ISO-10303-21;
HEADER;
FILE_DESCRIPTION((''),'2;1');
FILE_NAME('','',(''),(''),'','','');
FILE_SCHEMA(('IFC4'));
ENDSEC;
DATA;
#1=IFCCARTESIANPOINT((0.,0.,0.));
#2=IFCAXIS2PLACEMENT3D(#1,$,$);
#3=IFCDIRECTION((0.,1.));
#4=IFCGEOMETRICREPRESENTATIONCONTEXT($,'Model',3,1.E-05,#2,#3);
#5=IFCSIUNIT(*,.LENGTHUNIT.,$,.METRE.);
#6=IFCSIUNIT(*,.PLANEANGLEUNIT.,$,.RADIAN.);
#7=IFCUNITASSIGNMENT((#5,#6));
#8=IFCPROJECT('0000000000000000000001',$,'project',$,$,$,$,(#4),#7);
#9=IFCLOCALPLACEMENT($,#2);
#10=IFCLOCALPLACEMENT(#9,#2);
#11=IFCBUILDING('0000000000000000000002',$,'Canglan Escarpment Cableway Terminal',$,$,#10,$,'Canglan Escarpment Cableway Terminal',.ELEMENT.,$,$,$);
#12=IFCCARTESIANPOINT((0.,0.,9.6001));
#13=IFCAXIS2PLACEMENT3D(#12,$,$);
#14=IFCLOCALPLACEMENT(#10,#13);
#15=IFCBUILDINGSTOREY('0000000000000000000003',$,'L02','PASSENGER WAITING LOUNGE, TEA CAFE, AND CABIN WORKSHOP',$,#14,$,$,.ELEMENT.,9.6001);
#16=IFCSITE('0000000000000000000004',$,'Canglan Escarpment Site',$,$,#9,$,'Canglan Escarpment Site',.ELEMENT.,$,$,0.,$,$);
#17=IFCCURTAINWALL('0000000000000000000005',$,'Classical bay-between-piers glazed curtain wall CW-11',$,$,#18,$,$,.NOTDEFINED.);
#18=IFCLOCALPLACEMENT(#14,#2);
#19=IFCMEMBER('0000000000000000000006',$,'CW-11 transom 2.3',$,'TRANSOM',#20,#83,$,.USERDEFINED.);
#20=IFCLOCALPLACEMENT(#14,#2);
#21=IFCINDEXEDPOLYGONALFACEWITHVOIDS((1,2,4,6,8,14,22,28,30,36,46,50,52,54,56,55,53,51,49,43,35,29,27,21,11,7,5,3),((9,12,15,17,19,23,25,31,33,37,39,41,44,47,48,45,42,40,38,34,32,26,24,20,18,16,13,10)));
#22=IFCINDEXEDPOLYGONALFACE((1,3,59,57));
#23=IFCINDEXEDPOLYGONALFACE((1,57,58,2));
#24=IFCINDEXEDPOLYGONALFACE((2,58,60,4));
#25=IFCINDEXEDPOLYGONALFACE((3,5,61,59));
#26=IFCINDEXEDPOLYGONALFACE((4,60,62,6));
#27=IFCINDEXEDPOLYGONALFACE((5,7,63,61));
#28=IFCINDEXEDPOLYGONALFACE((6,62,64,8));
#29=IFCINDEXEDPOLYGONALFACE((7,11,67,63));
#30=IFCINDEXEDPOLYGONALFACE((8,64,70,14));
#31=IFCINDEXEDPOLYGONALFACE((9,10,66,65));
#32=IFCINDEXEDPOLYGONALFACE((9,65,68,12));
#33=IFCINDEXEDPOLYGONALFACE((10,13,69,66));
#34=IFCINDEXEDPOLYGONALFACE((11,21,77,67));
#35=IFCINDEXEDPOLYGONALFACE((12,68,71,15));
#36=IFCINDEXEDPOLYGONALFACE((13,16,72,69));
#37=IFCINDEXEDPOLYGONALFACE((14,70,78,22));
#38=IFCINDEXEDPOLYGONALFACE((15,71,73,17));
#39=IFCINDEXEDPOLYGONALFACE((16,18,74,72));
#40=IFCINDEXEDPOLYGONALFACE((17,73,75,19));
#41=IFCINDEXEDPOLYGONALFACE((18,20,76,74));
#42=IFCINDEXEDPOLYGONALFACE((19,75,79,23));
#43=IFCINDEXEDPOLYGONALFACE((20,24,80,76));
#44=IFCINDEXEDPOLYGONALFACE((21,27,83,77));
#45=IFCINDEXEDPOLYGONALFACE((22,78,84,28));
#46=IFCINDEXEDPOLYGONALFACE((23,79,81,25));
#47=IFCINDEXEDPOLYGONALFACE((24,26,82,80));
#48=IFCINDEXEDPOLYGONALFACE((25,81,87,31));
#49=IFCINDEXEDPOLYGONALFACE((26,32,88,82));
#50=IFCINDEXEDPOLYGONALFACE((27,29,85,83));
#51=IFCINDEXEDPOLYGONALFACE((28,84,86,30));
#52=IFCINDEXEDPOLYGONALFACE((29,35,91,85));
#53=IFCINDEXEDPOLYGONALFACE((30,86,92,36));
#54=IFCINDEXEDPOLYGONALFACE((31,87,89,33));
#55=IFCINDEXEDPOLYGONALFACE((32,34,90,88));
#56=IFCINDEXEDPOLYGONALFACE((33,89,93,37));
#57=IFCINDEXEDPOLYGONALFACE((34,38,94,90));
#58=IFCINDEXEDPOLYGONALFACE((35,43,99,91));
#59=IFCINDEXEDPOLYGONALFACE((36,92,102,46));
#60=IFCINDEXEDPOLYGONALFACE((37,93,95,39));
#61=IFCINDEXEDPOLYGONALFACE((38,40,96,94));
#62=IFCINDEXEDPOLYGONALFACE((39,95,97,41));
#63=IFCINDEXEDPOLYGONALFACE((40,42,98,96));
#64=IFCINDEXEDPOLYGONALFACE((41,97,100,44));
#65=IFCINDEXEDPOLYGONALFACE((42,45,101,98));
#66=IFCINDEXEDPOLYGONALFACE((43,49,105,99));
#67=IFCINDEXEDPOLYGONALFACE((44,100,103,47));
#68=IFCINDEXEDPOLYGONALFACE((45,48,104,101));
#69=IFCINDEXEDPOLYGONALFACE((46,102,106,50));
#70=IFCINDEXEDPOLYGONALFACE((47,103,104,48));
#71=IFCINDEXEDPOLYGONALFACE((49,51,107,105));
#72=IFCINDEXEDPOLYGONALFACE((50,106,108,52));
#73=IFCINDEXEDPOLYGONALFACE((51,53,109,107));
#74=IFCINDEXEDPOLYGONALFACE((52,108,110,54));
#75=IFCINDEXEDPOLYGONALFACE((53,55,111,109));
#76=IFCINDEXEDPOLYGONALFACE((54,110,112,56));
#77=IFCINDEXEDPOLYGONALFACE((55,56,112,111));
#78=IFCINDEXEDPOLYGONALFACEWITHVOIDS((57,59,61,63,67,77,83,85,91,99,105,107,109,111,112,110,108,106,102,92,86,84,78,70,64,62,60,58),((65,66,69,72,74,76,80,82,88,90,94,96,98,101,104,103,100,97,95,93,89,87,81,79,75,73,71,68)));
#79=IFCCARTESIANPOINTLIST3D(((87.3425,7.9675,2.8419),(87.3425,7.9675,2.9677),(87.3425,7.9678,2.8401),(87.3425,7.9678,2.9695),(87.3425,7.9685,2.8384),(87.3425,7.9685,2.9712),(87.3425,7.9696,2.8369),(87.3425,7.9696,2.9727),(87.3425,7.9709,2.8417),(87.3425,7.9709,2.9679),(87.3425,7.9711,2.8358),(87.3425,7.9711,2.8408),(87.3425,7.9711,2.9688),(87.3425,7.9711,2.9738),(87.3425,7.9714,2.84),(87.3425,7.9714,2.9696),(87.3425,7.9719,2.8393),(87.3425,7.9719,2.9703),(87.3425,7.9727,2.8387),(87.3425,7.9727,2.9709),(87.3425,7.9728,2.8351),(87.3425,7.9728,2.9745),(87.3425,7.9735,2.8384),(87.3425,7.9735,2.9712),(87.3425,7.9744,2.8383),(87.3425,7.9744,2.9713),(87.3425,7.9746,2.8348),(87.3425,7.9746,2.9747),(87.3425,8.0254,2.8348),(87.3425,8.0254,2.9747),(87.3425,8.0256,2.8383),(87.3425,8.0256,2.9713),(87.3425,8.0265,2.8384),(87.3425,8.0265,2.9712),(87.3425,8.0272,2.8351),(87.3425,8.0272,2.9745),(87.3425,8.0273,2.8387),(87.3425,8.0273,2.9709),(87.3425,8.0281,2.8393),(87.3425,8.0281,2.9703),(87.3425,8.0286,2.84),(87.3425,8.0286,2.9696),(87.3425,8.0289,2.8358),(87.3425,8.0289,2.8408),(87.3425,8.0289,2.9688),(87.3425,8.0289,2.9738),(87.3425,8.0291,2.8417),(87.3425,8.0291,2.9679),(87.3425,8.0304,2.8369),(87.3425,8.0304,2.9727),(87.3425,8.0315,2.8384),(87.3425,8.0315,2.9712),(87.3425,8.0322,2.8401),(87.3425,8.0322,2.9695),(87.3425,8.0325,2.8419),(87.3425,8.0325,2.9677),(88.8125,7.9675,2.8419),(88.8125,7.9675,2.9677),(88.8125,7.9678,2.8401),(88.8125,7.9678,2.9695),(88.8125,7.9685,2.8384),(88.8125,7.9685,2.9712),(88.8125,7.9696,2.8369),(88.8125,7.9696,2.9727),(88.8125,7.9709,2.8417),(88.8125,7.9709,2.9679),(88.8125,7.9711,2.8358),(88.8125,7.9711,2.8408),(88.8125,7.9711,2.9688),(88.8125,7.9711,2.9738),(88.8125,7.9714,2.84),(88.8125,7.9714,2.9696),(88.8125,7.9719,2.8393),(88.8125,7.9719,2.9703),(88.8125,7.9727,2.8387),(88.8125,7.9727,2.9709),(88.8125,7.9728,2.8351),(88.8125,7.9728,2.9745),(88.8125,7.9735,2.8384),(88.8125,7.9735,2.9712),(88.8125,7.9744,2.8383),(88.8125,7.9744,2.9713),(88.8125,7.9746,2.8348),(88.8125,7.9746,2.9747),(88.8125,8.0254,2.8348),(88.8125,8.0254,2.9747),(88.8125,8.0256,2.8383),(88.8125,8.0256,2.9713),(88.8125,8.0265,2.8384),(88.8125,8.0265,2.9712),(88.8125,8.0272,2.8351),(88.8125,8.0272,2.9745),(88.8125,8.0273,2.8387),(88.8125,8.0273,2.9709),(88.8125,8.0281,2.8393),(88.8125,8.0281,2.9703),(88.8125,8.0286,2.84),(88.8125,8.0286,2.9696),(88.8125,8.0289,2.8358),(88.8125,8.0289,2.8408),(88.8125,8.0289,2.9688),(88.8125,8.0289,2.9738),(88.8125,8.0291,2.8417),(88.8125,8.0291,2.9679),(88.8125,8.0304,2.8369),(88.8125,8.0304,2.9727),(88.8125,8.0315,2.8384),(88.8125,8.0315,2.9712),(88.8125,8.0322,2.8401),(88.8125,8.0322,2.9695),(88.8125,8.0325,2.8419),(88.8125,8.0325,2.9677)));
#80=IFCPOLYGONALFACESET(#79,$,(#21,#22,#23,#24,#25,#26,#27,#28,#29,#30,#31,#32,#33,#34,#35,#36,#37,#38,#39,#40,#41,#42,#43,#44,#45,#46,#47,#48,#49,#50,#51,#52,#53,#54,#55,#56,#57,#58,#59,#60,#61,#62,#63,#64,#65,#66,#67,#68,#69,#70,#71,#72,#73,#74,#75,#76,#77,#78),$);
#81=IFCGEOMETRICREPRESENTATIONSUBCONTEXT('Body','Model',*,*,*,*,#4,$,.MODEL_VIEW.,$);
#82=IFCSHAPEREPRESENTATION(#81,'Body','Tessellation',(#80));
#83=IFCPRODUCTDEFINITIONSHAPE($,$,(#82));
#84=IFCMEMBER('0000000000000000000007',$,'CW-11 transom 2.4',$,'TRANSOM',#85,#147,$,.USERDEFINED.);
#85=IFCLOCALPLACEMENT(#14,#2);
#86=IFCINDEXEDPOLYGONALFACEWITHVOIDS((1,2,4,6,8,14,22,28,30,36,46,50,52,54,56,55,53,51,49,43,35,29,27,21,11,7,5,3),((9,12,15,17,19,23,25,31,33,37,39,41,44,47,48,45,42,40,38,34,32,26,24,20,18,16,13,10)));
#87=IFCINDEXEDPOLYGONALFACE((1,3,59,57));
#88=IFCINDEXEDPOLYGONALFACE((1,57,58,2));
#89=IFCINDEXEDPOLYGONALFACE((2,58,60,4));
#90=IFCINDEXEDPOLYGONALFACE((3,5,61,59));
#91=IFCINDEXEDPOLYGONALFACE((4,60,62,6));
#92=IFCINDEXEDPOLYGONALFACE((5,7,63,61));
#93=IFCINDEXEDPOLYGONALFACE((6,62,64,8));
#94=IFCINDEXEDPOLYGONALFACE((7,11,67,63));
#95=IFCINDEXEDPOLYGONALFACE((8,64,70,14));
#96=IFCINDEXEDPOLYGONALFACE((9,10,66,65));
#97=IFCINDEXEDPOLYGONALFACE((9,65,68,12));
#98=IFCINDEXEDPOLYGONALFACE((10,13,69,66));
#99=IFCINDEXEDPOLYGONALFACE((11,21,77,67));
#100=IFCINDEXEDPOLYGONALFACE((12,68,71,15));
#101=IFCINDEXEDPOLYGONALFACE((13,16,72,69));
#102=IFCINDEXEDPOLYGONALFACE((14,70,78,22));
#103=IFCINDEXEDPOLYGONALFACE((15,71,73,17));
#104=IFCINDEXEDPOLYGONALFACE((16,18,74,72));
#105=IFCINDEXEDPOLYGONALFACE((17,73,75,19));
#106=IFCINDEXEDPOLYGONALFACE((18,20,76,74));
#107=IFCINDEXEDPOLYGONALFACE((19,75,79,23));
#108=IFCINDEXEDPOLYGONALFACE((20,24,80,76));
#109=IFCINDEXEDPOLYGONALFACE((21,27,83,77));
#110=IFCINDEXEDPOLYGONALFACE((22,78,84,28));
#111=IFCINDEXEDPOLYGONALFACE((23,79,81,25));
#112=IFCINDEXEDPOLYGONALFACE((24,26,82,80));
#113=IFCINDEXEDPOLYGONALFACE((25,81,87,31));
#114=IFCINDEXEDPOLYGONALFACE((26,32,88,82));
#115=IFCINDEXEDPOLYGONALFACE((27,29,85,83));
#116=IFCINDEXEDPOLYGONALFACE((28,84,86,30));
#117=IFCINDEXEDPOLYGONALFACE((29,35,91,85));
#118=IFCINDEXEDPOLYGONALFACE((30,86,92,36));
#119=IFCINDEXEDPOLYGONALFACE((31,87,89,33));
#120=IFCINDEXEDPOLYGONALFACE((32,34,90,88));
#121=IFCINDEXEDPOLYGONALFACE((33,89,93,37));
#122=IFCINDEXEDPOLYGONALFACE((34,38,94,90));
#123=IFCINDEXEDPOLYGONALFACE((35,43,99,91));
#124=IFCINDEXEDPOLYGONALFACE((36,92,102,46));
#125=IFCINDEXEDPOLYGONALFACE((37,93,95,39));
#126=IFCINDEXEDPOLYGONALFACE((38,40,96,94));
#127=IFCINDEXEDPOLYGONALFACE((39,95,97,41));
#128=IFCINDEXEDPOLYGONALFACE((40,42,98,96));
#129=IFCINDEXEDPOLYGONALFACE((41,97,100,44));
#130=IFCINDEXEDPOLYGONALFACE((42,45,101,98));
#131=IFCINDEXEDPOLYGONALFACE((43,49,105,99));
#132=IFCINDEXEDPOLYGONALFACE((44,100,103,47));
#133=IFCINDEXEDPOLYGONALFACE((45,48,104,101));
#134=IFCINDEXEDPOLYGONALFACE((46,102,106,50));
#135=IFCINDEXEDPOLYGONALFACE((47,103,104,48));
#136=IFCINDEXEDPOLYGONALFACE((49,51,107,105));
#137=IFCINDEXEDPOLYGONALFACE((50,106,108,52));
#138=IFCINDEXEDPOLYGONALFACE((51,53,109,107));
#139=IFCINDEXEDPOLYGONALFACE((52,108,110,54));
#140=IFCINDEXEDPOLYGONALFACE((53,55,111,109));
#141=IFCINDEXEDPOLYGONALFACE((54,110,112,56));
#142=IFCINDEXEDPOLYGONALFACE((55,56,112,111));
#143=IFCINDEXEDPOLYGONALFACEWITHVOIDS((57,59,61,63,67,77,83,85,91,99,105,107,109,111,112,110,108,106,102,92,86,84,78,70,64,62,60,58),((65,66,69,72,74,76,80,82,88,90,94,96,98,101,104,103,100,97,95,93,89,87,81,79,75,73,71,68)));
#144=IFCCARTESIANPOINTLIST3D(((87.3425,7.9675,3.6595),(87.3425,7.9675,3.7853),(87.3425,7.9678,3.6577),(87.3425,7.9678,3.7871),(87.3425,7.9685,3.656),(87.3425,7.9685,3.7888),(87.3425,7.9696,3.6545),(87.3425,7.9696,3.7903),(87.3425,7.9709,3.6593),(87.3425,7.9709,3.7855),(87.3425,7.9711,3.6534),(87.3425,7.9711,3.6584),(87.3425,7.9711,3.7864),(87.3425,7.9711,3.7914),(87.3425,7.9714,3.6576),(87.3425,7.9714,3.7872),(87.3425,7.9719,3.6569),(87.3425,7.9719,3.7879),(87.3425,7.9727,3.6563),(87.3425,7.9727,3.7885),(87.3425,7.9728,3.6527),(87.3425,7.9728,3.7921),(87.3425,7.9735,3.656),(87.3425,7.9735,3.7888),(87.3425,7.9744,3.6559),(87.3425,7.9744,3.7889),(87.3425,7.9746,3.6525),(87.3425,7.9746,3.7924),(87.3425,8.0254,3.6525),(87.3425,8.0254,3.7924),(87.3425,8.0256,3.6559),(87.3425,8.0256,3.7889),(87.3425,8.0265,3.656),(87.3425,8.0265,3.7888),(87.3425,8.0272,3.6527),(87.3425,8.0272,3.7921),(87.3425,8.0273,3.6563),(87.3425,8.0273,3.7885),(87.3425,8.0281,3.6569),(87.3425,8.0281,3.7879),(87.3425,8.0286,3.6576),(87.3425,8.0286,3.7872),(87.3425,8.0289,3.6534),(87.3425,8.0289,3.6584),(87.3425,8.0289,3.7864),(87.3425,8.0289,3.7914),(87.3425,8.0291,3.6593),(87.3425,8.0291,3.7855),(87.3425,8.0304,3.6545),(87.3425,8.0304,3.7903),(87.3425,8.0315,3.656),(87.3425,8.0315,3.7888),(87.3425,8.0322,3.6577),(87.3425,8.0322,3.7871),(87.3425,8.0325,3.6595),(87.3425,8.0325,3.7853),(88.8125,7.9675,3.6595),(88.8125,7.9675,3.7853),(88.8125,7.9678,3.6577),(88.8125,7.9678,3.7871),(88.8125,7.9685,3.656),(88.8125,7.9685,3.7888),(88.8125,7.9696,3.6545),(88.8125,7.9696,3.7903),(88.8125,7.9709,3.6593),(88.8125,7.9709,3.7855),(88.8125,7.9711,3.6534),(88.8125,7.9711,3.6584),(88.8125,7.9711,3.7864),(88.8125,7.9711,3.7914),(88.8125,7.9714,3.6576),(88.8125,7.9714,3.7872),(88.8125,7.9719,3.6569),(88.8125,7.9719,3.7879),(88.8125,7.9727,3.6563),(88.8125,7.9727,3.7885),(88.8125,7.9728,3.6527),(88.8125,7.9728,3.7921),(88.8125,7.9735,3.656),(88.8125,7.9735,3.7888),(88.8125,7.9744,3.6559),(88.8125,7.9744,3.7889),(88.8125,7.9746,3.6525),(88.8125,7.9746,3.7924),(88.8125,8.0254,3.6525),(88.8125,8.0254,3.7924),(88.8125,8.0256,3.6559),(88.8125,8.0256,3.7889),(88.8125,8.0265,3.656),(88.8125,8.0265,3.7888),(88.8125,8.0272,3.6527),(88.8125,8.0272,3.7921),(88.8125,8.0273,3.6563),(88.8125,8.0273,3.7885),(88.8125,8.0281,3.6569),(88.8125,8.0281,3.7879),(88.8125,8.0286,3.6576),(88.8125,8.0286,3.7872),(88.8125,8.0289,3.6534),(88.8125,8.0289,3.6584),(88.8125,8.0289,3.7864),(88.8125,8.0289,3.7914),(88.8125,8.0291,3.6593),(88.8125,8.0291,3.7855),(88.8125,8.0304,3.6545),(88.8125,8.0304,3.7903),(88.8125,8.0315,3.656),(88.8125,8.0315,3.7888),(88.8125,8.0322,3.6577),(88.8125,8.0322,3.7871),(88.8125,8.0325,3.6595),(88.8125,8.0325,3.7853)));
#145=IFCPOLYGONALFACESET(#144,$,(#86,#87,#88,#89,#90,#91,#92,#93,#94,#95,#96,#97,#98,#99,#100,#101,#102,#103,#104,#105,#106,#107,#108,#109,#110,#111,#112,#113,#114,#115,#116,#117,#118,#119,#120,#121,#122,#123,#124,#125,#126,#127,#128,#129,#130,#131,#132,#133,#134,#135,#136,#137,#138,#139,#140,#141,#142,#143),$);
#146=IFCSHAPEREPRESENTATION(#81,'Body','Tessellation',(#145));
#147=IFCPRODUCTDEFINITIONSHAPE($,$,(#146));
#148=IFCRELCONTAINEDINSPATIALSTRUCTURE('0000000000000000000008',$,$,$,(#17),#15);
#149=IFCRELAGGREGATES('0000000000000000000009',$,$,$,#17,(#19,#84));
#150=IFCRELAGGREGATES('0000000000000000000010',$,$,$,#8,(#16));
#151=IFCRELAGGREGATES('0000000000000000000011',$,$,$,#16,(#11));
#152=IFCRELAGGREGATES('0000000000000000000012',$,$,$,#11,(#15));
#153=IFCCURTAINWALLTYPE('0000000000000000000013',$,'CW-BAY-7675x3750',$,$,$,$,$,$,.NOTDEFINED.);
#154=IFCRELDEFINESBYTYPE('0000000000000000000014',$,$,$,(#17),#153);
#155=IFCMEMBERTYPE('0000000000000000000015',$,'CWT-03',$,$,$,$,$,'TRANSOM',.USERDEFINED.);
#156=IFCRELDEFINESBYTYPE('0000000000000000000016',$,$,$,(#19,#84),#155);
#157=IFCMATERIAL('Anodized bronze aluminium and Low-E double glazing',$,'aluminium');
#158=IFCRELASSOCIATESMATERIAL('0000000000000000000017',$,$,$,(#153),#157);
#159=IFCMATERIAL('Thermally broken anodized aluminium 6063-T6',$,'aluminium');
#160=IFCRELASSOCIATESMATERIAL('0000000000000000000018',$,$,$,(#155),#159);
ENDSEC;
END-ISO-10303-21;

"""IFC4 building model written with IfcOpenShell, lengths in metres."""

from ifc_helpers import new_model, si_unit, direction, frame, origin, origin_2d, place, context, subcontext, project, spatial, hollow_rectangle, extrude, material, material_profile, profile_set, type_object, element, aggregate, save


model = new_model("IFC4")

# Units and contexts
model_context = context("Model", 3, precision=1e-05, world=origin(), true_north=direction((0.0, 1.0)))
body_context = subcontext(model_context, "Body", "Model", "MODEL_VIEW")
ifc_project = project(units=[si_unit("LENGTHUNIT", "METRE"), si_unit("PLANEANGLEUNIT", "RADIAN")], contexts=[model_context])

# Site, building, storey
site_placement = place(None, origin())
site = spatial("IfcSite", under=ifc_project, at=site_placement, Name="Canglan Escarpment Site", LongName="Canglan Escarpment Site", CompositionType="ELEMENT", RefElevation=0.0)
building_placement = place(site_placement, origin())
building = spatial("IfcBuilding", under=site, at=building_placement, Name="Canglan Escarpment Cableway Terminal", LongName="Canglan Escarpment Cableway Terminal", CompositionType="ELEMENT")
storey_placement = place(building_placement, frame((0.0, 0.0, 9.6001)))
storey = spatial("IfcBuildingStorey", under=building, at=storey_placement, Name="L02", Description="PASSENGER WAITING LOUNGE, TEA CAFE, AND CABIN WORKSHOP", CompositionType="ELEMENT", Elevation=9.6001)

# Curtain wall, members
ifc_material_1 = material(Name="Anodized bronze aluminium and Low-E double glazing", Category="aluminium")
curtain_wall_type = type_object("IfcCurtainWallType", Name="CW-BAY-7675x3750", PredefinedType="NOTDEFINED", material=ifc_material_1)
curtain_wall_placement = place(storey_placement, origin())
curtain_wall = element("IfcCurtainWall", 1, at=curtain_wall_placement, inside=storey, type_object=curtain_wall_type, Name="Classical bay-between-piers glazed curtain wall CW-11", PredefinedType="NOTDEFINED")
ifc_material_2 = material(Name="Thermally broken anodized aluminium 6063-T6", Category="aluminium")
ifc_material_profile_1 = material_profile(ifc_material_2, hollow_rectangle(XDim=0.0649, YDim=0.1399, WallThickness=0.0034, InnerFilletRadius=0.0034, OuterFilletRadius=0.0071, at=origin_2d()), Name="ALU-TRAN 65x140x3.5")
ifc_profile_set_1 = profile_set([ifc_material_profile_1], Name="Thermally broken anodized aluminium 6063-T6")
member_type_1 = type_object("IfcMemberType", Name="CWT-03", ElementType="TRANSOM", PredefinedType="USERDEFINED", material=ifc_profile_set_1)
member_1_placement = place(storey_placement, frame((87.3425, 8.0, 2.9048), z_axis=(1.0, 0.0, 0.0), x_axis=(0.0, 1.0, 0.0)))
member_1 = element("IfcMember", 2, at=member_1_placement, type_object=member_type_1, Name="CW-11 transom 2.3", ObjectType="TRANSOM", PredefinedType="USERDEFINED", context=body_context, shape_type="SweptSolid", body=[
    extrude(hollow_rectangle(XDim=0.0649, YDim=0.1399, WallThickness=0.0034, InnerFilletRadius=0.0034, OuterFilletRadius=0.0071, at=origin_2d()), origin(), (0.0, 0.0, 1.0), 1.47),
])
member_2_placement = place(storey_placement, frame((87.3425, 8.0, 3.7224), z_axis=(1.0, 0.0, 0.0), x_axis=(0.0, 1.0, 0.0)))
member_2 = element("IfcMember", 3, at=member_2_placement, type_object=member_type_1, Name="CW-11 transom 2.4", ObjectType="TRANSOM", PredefinedType="USERDEFINED", context=body_context, shape_type="SweptSolid", body=[
    extrude(hollow_rectangle(XDim=0.0649, YDim=0.1399, WallThickness=0.0034, InnerFilletRadius=0.0034, OuterFilletRadius=0.0071, at=origin_2d()), origin(), (0.0, 0.0, 1.0), 1.47),
])

aggregate(curtain_wall, [member_1, member_2])

save(model, "model.ifc")
